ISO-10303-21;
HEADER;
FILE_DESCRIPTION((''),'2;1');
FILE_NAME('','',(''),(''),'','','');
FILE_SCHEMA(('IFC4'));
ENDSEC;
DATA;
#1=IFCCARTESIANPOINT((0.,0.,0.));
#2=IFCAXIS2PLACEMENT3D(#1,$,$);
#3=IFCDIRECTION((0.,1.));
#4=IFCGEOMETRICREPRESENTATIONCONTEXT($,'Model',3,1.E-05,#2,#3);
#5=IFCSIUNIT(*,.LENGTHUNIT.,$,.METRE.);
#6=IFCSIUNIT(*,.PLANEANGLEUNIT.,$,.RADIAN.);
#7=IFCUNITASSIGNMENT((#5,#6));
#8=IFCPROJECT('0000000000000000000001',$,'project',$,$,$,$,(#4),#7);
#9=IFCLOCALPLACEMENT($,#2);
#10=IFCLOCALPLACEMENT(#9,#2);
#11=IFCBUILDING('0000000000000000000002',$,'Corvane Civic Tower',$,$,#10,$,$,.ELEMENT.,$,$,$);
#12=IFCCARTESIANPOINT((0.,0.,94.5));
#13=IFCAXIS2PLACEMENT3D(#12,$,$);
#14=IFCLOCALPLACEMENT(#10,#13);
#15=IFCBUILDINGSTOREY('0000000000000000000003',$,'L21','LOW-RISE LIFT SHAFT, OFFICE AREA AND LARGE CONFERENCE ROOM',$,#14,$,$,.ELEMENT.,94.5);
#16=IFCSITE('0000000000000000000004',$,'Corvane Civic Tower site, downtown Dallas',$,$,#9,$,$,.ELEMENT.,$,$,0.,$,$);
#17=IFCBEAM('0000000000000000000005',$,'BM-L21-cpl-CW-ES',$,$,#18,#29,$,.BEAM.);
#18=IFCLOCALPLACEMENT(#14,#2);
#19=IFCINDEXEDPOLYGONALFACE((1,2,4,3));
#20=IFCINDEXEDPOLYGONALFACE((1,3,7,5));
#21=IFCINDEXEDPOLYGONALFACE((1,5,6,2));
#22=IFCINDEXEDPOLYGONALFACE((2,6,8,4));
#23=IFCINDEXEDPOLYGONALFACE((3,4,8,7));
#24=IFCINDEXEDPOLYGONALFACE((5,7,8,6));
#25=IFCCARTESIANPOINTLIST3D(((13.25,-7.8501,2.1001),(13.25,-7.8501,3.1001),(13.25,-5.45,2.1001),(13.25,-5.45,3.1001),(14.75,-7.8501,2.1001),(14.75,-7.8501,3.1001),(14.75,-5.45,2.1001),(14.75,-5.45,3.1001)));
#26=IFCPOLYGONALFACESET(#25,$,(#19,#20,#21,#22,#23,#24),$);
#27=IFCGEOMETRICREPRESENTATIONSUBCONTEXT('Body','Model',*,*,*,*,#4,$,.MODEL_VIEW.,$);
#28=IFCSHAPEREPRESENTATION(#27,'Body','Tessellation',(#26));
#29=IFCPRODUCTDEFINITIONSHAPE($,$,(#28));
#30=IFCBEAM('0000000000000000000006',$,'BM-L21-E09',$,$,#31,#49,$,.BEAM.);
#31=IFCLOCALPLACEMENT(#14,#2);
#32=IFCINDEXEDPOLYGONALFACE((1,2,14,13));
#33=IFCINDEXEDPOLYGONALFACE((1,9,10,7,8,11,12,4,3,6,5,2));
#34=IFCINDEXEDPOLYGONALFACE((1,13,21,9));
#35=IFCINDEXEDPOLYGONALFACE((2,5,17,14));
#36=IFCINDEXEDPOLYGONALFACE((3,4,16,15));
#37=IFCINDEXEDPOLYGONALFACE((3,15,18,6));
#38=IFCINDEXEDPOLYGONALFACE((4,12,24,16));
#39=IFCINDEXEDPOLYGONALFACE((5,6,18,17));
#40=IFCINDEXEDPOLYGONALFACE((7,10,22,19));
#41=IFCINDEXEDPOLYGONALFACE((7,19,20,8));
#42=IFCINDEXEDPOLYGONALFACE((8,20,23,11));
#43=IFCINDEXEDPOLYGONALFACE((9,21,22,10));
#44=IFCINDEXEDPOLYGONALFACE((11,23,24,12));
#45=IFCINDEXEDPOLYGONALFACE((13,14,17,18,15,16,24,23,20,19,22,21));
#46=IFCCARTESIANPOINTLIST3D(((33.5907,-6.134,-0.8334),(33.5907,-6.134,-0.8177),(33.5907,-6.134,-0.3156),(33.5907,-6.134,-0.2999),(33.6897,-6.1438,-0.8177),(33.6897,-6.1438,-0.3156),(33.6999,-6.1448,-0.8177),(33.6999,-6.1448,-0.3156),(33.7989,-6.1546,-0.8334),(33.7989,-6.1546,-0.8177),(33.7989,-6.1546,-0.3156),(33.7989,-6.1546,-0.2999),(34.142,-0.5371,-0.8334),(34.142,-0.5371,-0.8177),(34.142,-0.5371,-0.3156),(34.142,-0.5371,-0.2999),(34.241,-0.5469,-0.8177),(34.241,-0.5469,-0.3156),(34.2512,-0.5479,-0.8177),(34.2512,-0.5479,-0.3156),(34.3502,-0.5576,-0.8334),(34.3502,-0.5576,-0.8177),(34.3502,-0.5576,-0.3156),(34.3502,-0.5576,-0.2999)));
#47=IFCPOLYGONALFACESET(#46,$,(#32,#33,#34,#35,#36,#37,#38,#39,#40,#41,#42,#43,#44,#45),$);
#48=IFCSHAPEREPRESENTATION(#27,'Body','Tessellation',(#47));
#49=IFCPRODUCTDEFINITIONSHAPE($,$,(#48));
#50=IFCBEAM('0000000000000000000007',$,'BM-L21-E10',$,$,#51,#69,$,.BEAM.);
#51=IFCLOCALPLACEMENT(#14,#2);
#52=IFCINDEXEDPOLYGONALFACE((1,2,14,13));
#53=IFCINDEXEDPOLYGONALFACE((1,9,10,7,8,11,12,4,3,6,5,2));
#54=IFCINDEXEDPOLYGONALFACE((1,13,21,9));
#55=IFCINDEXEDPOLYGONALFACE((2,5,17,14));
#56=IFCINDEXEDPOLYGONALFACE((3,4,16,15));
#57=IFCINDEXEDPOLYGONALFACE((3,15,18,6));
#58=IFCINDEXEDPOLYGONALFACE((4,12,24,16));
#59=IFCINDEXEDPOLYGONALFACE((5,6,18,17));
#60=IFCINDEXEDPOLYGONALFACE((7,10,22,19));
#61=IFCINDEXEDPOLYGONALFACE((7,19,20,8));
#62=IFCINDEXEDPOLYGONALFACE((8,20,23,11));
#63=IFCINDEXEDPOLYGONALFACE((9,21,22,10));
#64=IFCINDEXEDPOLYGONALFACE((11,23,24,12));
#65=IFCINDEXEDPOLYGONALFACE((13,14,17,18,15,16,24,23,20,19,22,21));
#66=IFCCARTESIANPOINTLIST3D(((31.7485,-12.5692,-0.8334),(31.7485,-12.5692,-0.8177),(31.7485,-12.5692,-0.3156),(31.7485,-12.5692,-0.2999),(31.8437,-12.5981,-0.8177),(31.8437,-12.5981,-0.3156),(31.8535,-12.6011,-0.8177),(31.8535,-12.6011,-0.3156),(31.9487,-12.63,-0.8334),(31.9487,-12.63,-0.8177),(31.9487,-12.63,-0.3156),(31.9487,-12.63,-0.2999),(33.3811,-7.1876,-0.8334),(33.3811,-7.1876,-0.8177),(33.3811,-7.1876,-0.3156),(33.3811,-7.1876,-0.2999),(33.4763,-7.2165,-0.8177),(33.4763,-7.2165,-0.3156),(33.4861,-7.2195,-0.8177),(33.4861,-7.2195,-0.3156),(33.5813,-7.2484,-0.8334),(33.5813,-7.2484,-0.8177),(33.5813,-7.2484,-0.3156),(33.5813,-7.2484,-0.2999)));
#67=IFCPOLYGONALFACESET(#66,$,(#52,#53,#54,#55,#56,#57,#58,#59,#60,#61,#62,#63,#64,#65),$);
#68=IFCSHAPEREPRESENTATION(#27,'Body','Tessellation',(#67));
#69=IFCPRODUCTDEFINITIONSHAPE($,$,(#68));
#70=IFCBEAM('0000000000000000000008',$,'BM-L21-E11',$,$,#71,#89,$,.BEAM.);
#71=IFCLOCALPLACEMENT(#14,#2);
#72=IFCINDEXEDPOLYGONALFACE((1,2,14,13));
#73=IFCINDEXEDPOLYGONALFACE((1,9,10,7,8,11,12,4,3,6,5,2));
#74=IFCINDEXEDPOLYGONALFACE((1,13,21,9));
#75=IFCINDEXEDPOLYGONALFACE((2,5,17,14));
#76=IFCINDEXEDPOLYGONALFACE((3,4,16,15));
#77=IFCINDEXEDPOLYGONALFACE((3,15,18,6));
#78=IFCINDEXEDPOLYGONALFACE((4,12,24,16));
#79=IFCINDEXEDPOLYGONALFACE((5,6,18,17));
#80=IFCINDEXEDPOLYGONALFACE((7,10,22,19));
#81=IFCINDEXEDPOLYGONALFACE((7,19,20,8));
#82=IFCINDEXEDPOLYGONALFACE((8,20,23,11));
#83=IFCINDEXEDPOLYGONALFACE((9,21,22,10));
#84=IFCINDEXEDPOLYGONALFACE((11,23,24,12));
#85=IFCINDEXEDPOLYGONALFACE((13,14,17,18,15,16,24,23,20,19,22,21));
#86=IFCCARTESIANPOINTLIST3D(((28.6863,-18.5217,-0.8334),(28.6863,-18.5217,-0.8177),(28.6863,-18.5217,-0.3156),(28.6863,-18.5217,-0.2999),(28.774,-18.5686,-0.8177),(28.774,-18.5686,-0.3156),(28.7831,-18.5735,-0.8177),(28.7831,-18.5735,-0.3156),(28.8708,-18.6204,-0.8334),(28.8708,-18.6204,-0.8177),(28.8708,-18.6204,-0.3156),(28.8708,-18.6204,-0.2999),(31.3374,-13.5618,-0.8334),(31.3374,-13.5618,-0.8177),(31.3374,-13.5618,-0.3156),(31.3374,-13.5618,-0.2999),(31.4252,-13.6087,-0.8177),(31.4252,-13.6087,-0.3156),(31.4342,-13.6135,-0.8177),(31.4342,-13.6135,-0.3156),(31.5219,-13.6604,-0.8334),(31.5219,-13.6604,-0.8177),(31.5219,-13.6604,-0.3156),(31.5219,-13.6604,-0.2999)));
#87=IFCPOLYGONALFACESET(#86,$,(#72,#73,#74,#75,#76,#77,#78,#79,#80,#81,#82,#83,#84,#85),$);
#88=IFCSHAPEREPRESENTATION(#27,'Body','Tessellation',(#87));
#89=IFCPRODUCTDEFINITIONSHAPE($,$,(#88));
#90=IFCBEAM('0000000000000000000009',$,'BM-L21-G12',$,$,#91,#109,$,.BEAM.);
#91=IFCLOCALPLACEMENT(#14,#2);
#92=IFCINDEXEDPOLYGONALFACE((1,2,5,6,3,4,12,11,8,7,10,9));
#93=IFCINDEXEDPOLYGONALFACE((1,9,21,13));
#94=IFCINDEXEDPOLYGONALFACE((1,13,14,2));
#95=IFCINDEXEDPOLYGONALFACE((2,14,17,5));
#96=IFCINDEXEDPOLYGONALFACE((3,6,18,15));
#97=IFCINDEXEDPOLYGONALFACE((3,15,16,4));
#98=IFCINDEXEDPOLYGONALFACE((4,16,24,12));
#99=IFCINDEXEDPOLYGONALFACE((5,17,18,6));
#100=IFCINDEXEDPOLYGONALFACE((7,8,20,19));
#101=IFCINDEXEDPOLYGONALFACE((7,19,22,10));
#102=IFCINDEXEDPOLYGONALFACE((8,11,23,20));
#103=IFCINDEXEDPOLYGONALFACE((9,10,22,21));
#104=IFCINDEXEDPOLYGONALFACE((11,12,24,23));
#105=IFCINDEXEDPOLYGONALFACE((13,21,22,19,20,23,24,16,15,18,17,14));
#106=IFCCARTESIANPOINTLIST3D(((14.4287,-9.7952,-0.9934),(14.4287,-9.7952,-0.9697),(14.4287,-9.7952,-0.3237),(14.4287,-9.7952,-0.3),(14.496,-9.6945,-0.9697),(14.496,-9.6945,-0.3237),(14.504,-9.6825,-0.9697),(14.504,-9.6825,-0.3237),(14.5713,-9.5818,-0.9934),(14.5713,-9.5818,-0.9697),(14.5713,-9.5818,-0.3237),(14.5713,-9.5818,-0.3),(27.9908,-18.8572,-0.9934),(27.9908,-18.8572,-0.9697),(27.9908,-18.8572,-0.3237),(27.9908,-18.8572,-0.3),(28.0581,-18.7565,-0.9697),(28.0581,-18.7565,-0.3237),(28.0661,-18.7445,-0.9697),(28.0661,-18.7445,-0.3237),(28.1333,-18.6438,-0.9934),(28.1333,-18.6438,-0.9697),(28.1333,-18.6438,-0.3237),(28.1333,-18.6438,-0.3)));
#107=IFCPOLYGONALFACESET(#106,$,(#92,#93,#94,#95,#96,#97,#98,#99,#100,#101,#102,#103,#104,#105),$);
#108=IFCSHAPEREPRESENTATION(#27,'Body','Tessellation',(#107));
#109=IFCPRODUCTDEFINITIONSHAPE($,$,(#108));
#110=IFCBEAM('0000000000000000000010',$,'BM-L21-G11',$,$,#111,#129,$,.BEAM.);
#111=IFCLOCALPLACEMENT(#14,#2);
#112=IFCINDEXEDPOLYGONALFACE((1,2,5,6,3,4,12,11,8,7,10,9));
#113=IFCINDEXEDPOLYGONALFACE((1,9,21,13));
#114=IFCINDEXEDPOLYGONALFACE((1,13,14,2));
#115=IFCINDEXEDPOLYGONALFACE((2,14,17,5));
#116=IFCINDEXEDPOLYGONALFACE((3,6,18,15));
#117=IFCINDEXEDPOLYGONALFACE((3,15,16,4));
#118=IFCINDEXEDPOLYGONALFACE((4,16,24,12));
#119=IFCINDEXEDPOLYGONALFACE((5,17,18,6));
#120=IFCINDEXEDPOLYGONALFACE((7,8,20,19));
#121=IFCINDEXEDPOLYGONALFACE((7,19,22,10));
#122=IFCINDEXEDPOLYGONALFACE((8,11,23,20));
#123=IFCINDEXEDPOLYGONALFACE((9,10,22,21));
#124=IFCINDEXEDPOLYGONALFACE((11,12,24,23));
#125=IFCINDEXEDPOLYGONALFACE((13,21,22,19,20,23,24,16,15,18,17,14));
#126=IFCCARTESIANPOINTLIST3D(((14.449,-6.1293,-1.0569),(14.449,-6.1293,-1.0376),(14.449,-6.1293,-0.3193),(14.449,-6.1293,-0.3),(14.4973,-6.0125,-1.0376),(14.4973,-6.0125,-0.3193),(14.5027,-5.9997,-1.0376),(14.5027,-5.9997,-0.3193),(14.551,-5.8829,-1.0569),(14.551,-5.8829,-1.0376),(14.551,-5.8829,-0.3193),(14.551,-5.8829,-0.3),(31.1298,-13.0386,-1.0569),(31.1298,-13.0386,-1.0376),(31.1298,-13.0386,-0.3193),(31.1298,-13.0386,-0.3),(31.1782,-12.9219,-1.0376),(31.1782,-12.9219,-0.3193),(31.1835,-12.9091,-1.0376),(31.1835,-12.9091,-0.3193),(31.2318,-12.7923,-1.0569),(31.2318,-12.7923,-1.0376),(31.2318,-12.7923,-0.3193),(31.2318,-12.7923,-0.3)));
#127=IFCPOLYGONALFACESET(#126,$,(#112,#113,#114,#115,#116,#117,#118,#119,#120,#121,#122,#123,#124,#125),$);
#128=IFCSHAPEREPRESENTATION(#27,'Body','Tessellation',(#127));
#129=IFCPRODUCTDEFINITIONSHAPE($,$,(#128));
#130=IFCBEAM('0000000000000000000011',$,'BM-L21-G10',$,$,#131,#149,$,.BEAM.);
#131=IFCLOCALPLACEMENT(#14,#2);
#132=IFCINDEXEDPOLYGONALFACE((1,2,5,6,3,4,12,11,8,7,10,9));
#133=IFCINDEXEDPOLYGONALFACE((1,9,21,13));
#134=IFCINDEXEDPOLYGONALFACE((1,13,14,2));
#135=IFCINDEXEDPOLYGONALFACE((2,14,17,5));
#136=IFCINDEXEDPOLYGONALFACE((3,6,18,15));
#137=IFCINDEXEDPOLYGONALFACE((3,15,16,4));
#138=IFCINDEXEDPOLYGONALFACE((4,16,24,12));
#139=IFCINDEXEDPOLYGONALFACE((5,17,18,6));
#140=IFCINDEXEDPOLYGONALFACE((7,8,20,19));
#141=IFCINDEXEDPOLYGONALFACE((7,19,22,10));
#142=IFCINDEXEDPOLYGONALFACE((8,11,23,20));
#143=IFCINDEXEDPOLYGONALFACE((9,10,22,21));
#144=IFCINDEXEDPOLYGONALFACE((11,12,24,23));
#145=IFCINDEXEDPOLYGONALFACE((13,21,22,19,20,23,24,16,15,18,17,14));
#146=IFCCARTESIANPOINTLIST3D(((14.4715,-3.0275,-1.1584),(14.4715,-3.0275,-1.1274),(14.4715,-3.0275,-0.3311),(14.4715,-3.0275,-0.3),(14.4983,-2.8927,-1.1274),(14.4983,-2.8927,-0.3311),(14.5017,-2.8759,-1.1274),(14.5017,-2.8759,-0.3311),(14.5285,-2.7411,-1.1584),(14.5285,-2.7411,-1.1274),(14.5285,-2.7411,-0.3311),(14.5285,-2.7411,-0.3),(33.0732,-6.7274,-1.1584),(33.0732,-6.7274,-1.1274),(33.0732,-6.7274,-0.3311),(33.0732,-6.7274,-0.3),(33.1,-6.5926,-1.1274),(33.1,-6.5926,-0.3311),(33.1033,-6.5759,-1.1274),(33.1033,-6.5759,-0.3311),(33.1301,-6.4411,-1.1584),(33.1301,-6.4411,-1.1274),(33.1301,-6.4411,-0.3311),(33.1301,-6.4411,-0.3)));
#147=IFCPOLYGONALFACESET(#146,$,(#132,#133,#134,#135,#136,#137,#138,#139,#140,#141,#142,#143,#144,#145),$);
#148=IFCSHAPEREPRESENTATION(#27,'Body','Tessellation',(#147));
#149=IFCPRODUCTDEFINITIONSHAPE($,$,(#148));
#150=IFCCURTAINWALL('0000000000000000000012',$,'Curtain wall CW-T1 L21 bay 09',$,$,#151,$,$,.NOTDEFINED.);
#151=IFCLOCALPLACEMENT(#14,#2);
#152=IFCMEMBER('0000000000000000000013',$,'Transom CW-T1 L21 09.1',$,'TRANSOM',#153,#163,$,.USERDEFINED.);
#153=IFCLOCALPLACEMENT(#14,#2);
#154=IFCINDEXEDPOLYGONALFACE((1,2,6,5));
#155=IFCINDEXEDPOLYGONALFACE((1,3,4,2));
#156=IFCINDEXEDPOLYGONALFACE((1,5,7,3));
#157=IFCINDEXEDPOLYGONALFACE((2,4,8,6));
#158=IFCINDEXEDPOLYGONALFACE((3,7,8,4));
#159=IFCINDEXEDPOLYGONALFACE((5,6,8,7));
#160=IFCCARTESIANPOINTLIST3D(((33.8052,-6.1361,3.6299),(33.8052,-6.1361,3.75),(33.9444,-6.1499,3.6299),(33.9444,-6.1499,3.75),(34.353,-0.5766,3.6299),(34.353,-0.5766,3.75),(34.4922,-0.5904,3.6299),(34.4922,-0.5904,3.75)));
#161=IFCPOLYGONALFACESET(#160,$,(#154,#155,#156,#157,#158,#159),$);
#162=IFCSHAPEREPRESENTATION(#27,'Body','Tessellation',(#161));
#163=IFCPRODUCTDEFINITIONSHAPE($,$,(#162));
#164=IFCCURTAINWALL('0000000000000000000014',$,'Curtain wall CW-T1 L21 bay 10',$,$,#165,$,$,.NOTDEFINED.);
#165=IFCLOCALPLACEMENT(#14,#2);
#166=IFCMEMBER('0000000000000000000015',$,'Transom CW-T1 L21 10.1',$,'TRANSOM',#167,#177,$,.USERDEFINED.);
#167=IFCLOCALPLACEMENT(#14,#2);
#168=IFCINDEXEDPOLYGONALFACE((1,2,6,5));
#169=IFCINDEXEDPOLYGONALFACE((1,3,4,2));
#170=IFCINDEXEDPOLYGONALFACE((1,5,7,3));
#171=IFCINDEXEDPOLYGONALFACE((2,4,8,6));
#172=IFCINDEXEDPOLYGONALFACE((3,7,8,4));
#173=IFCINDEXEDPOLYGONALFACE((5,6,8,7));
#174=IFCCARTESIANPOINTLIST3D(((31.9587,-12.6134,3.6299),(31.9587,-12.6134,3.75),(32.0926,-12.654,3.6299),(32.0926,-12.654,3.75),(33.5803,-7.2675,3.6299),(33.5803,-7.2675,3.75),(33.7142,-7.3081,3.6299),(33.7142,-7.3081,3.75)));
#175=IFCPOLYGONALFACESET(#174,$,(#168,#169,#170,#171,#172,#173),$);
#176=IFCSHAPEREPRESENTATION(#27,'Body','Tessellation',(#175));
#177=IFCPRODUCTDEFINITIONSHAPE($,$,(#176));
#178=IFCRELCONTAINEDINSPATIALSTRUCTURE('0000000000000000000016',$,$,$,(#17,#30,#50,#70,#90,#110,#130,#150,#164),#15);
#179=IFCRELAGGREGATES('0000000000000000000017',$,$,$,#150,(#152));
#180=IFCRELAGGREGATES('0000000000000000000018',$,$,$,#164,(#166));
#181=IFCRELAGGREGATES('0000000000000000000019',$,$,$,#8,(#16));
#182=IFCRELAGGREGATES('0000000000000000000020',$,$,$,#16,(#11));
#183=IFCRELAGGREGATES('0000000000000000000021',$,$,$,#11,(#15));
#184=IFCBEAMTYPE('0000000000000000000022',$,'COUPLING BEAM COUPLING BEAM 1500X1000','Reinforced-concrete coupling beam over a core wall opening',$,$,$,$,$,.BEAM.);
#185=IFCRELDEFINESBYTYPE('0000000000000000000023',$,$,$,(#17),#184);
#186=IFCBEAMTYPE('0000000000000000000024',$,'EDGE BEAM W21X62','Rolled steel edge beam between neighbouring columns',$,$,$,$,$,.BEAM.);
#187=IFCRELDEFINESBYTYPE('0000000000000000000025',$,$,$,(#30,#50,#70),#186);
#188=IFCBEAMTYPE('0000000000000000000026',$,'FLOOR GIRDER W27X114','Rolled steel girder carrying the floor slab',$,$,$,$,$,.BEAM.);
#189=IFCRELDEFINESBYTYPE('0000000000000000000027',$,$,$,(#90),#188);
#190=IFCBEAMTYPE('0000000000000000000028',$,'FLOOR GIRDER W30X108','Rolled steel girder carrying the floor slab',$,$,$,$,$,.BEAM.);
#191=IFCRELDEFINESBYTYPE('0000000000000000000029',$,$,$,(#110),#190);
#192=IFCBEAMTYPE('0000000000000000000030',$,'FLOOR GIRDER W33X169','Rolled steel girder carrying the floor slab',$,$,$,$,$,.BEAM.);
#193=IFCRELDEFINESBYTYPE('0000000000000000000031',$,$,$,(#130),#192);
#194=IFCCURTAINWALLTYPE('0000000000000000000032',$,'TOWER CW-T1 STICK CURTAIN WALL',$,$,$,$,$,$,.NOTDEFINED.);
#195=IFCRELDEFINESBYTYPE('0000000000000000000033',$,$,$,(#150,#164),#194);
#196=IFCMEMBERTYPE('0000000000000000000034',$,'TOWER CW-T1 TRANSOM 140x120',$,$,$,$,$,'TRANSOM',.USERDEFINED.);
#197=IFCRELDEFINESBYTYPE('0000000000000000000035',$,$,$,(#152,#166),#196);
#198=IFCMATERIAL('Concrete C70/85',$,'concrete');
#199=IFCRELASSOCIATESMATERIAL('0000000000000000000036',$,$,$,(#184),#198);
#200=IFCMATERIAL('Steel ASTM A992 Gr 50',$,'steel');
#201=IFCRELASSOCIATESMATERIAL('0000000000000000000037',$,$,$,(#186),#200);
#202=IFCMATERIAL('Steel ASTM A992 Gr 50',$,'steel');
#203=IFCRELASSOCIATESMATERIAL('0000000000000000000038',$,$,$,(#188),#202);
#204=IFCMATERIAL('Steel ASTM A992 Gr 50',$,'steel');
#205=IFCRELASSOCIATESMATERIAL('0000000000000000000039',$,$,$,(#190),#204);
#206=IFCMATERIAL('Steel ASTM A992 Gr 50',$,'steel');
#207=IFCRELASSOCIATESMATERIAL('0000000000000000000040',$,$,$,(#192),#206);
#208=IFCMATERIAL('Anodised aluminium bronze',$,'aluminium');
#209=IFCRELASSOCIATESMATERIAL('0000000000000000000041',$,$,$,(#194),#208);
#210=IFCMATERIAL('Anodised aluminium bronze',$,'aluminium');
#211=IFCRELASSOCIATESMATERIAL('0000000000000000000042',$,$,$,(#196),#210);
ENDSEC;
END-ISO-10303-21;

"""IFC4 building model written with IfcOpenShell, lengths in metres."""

from ifc_helpers import new_model, si_unit, direction, frame, origin, origin_2d, place, context, subcontext, project, spatial, rectangle, i_section, extrude, material, material_profile, profile_set, type_object, element, aggregate, save


model = new_model("IFC4")

# Units and contexts
model_context = context("Model", 3, precision=1e-05, world=origin(), true_north=direction((0.0, 1.0)))
body_context = subcontext(model_context, "Body", "Model", "MODEL_VIEW")
ifc_project = project(units=[si_unit("LENGTHUNIT", "METRE"), si_unit("PLANEANGLEUNIT", "RADIAN")], contexts=[model_context])

# Site, building, storey
site_placement = place(None, origin())
site = spatial("IfcSite", under=ifc_project, at=site_placement, Name="Corvane Civic Tower site, downtown Dallas", CompositionType="ELEMENT", RefElevation=0.0)
building_placement = place(site_placement, origin())
building = spatial("IfcBuilding", under=site, at=building_placement, Name="Corvane Civic Tower", CompositionType="ELEMENT")
storey_placement = place(building_placement, frame((0.0, 0.0, 94.5)))
storey = spatial("IfcBuildingStorey", under=building, at=storey_placement, Name="L21", Description="LOW-RISE LIFT SHAFT, OFFICE AREA AND LARGE CONFERENCE ROOM", CompositionType="ELEMENT", Elevation=94.5)

# Beams
ifc_material_1 = material(Name="Concrete C70/85", Category="concrete")
ifc_material_profile_1 = material_profile(ifc_material_1, rectangle(XDim=1.5, YDim=1.0, at=origin_2d()), Name="COUPLING BEAM 1500X1000")
ifc_profile_set_1 = profile_set([ifc_material_profile_1], Name="Concrete C70/85")
beam_type_1 = type_object("IfcBeamType", Name="COUPLING BEAM COUPLING BEAM 1500X1000", Description="Reinforced-concrete coupling beam over a core wall opening", PredefinedType="BEAM", material=ifc_profile_set_1)
beam_1_placement = place(storey_placement, frame((14.0, -7.8501, 2.6001), z_axis=(0.0, 1.0, 0.0), x_axis=(-1.0, 0.0, 0.0)))
element("IfcBeam", 1, at=beam_1_placement, inside=storey, type_object=beam_type_1, Name="BM-L21-cpl-CW-ES", PredefinedType="BEAM", context=body_context, shape_type="SweptSolid", body=[
    extrude(rectangle(XDim=1.5, YDim=1.0, at=origin_2d()), origin(), (0.0, 0.0, 1.0), 2.4001),
])
ifc_material_2 = material(Name="Steel ASTM A992 Gr 50", Category="steel")
ifc_material_profile_2 = material_profile(ifc_material_2, i_section(OverallWidth=0.2092, OverallDepth=0.5334, WebThickness=0.0103, FlangeThickness=0.0156, at=origin_2d()), Name="W21X62")
ifc_profile_set_2 = profile_set([ifc_material_profile_2], Name="Steel ASTM A992 Gr 50")
beam_type_2 = type_object("IfcBeamType", Name="EDGE BEAM W21X62", Description="Rolled steel edge beam between neighbouring columns", PredefinedType="BEAM", material=ifc_profile_set_2)
beam_2_placement = place(storey_placement, frame((34.2461, -0.5474, -0.5667), z_axis=(-0.098021, -0.995184, 0.0), x_axis=(0.995184, -0.098021, 0.0)))
element("IfcBeam", 2, at=beam_2_placement, inside=storey, type_object=beam_type_2, Name="BM-L21-E09", PredefinedType="BEAM", context=body_context, shape_type="SweptSolid", body=[
    extrude(i_section(OverallWidth=0.2092, OverallDepth=0.5334, WebThickness=0.0103, FlangeThickness=0.0156, at=origin_2d()), origin(), (0.0, 0.0, 1.0), 5.624),
])
beam_3_placement = place(storey_placement, frame((33.4812, -7.218, -0.5667), z_axis=(-0.290298, -0.956936, 0.0), x_axis=(0.956936, -0.290298, 0.0)))
element("IfcBeam", 3, at=beam_3_placement, inside=storey, type_object=beam_type_2, Name="BM-L21-E10", PredefinedType="BEAM", context=body_context, shape_type="SweptSolid", body=[
    extrude(i_section(OverallWidth=0.2092, OverallDepth=0.5334, WebThickness=0.0103, FlangeThickness=0.0156, at=origin_2d()), origin(), (0.0, 0.0, 1.0), 5.6238),
])
beam_4_placement = place(storey_placement, frame((31.4297, -13.6111, -0.5667), z_axis=(-0.471392, -0.881924, 0.0), x_axis=(0.881924, -0.471392, 0.0)))
element("IfcBeam", 4, at=beam_4_placement, inside=storey, type_object=beam_type_2, Name="BM-L21-E11", PredefinedType="BEAM", context=body_context, shape_type="SweptSolid", body=[
    extrude(i_section(OverallWidth=0.2092, OverallDepth=0.5334, WebThickness=0.0103, FlangeThickness=0.0156, at=origin_2d()), origin(), (0.0, 0.0, 1.0), 5.624),
])
ifc_material_3 = material(Name="Steel ASTM A992 Gr 50", Category="steel")
ifc_material_profile_3 = material_profile(ifc_material_3, i_section(OverallWidth=0.2566, OverallDepth=0.6934, WebThickness=0.0144, FlangeThickness=0.0237, at=origin_2d()), Name="W27X114")
ifc_profile_set_3 = profile_set([ifc_material_profile_3], Name="Steel ASTM A992 Gr 50")
beam_type_3 = type_object("IfcBeamType", Name="FLOOR GIRDER W27X114", Description="Rolled steel girder carrying the floor slab", PredefinedType="BEAM", material=ifc_profile_set_3)
beam_5_placement = place(storey_placement, frame((14.5, -9.6885, -0.6467), z_axis=(0.831465, -0.555577, 0.0), x_axis=(0.555577, 0.831465, 0.0)))
element("IfcBeam", 5, at=beam_5_placement, inside=storey, type_object=beam_type_3, Name="BM-L21-G12", PredefinedType="BEAM", context=body_context, shape_type="SweptSolid", body=[
    extrude(i_section(OverallWidth=0.2566, OverallDepth=0.6934, WebThickness=0.0144, FlangeThickness=0.0237, at=origin_2d()), origin(), (0.0, 0.0, 1.0), 16.311),
])
ifc_material_4 = material(Name="Steel ASTM A992 Gr 50", Category="steel")
ifc_material_profile_4 = material_profile(ifc_material_4, i_section(OverallWidth=0.2666, OverallDepth=0.7568, WebThickness=0.0139, FlangeThickness=0.0193, at=origin_2d()), Name="W30X108")
ifc_profile_set_4 = profile_set([ifc_material_profile_4], Name="Steel ASTM A992 Gr 50")
beam_type_4 = type_object("IfcBeamType", Name="FLOOR GIRDER W30X108", Description="Rolled steel girder carrying the floor slab", PredefinedType="BEAM", material=ifc_profile_set_4)
beam_6_placement = place(storey_placement, frame((14.5, -6.0061, -0.6785), z_axis=(0.92388, -0.382682, 0.0), x_axis=(0.382682, 0.92388, 0.0)))
element("IfcBeam", 6, at=beam_6_placement, inside=storey, type_object=beam_type_4, Name="BM-L21-G11", PredefinedType="BEAM", context=body_context, shape_type="SweptSolid", body=[
    extrude(i_section(OverallWidth=0.2666, OverallDepth=0.7568, WebThickness=0.0139, FlangeThickness=0.0193, at=origin_2d()), origin(), (0.0, 0.0, 1.0), 18.0552),
])
ifc_material_5 = material(Name="Steel ASTM A992 Gr 50", Category="steel")
ifc_material_profile_5 = material_profile(ifc_material_5, i_section(OverallWidth=0.292, OverallDepth=0.8584, WebThickness=0.0171, FlangeThickness=0.031, at=origin_2d()), Name="W33X169")
ifc_profile_set_5 = profile_set([ifc_material_profile_5], Name="Steel ASTM A992 Gr 50")
beam_type_5 = type_object("IfcBeamType", Name="FLOOR GIRDER W33X169", Description="Rolled steel girder carrying the floor slab", PredefinedType="BEAM", material=ifc_profile_set_5)
beam_7_placement = place(storey_placement, frame((14.5, -2.8843, -0.7292), z_axis=(0.980787, -0.195084, 0.0), x_axis=(0.195084, 0.980787, 0.0)))
element("IfcBeam", 7, at=beam_7_placement, inside=storey, type_object=beam_type_5, Name="BM-L21-G10", PredefinedType="BEAM", context=body_context, shape_type="SweptSolid", body=[
    extrude(i_section(OverallWidth=0.292, OverallDepth=0.8584, WebThickness=0.0171, FlangeThickness=0.031, at=origin_2d()), origin(), (0.0, 0.0, 1.0), 18.9661),
])

# Curtain walls, members
ifc_material_6 = material(Name="Anodised aluminium bronze", Category="aluminium")
curtain_wall_type = type_object("IfcCurtainWallType", Name="TOWER CW-T1 STICK CURTAIN WALL", PredefinedType="NOTDEFINED", material=ifc_material_6)
curtain_wall_1_placement = place(storey_placement, origin())
curtain_wall_1 = element("IfcCurtainWall", 8, at=curtain_wall_1_placement, inside=storey, type_object=curtain_wall_type, Name="Curtain wall CW-T1 L21 bay 09", PredefinedType="NOTDEFINED")
ifc_material_7 = material(Name="Anodised aluminium bronze", Category="aluminium")
ifc_material_profile_6 = material_profile(ifc_material_7, rectangle(XDim=0.1399, YDim=0.1201, at=origin_2d()), Name="TOWER CW-T1 TRANSOM 140x120")
ifc_profile_set_6 = profile_set([ifc_material_profile_6], Name="Anodised aluminium bronze")
member_type = type_object("IfcMemberType", Name="TOWER CW-T1 TRANSOM 140x120", ElementType="TRANSOM", PredefinedType="USERDEFINED", material=ifc_profile_set_6)
member_1_placement = place(storey_placement, frame((34.4226, -0.5835, 3.6899), z_axis=(-0.098067, -0.99518, 0.0), x_axis=(0.99518, -0.098067, 0.0)))
member_1 = element("IfcMember", 9, at=member_1_placement, type_object=member_type, Name="Transom CW-T1 L21 09.1", ObjectType="TRANSOM", PredefinedType="USERDEFINED", context=body_context, shape_type="SweptSolid", body=[
    extrude(rectangle(XDim=0.1399, YDim=0.1201, at=origin_2d()), origin(), (0.0, 0.0, 1.0), 5.5864),
])
curtain_wall_2_placement = place(storey_placement, origin())
curtain_wall_2 = element("IfcCurtainWall", 10, at=curtain_wall_2_placement, inside=storey, type_object=curtain_wall_type, Name="Curtain wall CW-T1 L21 bay 10", PredefinedType="NOTDEFINED")
member_2_placement = place(storey_placement, frame((33.6472, -7.2878, 3.6899), z_axis=(-0.290269, -0.956945, 0.0), x_axis=(0.956945, -0.290269, 0.0)))
member_2 = element("IfcMember", 11, at=member_2_placement, type_object=member_type, Name="Transom CW-T1 L21 10.1", ObjectType="TRANSOM", PredefinedType="USERDEFINED", context=body_context, shape_type="SweptSolid", body=[
    extrude(rectangle(XDim=0.1399, YDim=0.1201, at=origin_2d()), origin(), (0.0, 0.0, 1.0), 5.5864),
])

aggregate(curtain_wall_1, [member_1])
aggregate(curtain_wall_2, [member_2])

save(model, "model.ifc")
